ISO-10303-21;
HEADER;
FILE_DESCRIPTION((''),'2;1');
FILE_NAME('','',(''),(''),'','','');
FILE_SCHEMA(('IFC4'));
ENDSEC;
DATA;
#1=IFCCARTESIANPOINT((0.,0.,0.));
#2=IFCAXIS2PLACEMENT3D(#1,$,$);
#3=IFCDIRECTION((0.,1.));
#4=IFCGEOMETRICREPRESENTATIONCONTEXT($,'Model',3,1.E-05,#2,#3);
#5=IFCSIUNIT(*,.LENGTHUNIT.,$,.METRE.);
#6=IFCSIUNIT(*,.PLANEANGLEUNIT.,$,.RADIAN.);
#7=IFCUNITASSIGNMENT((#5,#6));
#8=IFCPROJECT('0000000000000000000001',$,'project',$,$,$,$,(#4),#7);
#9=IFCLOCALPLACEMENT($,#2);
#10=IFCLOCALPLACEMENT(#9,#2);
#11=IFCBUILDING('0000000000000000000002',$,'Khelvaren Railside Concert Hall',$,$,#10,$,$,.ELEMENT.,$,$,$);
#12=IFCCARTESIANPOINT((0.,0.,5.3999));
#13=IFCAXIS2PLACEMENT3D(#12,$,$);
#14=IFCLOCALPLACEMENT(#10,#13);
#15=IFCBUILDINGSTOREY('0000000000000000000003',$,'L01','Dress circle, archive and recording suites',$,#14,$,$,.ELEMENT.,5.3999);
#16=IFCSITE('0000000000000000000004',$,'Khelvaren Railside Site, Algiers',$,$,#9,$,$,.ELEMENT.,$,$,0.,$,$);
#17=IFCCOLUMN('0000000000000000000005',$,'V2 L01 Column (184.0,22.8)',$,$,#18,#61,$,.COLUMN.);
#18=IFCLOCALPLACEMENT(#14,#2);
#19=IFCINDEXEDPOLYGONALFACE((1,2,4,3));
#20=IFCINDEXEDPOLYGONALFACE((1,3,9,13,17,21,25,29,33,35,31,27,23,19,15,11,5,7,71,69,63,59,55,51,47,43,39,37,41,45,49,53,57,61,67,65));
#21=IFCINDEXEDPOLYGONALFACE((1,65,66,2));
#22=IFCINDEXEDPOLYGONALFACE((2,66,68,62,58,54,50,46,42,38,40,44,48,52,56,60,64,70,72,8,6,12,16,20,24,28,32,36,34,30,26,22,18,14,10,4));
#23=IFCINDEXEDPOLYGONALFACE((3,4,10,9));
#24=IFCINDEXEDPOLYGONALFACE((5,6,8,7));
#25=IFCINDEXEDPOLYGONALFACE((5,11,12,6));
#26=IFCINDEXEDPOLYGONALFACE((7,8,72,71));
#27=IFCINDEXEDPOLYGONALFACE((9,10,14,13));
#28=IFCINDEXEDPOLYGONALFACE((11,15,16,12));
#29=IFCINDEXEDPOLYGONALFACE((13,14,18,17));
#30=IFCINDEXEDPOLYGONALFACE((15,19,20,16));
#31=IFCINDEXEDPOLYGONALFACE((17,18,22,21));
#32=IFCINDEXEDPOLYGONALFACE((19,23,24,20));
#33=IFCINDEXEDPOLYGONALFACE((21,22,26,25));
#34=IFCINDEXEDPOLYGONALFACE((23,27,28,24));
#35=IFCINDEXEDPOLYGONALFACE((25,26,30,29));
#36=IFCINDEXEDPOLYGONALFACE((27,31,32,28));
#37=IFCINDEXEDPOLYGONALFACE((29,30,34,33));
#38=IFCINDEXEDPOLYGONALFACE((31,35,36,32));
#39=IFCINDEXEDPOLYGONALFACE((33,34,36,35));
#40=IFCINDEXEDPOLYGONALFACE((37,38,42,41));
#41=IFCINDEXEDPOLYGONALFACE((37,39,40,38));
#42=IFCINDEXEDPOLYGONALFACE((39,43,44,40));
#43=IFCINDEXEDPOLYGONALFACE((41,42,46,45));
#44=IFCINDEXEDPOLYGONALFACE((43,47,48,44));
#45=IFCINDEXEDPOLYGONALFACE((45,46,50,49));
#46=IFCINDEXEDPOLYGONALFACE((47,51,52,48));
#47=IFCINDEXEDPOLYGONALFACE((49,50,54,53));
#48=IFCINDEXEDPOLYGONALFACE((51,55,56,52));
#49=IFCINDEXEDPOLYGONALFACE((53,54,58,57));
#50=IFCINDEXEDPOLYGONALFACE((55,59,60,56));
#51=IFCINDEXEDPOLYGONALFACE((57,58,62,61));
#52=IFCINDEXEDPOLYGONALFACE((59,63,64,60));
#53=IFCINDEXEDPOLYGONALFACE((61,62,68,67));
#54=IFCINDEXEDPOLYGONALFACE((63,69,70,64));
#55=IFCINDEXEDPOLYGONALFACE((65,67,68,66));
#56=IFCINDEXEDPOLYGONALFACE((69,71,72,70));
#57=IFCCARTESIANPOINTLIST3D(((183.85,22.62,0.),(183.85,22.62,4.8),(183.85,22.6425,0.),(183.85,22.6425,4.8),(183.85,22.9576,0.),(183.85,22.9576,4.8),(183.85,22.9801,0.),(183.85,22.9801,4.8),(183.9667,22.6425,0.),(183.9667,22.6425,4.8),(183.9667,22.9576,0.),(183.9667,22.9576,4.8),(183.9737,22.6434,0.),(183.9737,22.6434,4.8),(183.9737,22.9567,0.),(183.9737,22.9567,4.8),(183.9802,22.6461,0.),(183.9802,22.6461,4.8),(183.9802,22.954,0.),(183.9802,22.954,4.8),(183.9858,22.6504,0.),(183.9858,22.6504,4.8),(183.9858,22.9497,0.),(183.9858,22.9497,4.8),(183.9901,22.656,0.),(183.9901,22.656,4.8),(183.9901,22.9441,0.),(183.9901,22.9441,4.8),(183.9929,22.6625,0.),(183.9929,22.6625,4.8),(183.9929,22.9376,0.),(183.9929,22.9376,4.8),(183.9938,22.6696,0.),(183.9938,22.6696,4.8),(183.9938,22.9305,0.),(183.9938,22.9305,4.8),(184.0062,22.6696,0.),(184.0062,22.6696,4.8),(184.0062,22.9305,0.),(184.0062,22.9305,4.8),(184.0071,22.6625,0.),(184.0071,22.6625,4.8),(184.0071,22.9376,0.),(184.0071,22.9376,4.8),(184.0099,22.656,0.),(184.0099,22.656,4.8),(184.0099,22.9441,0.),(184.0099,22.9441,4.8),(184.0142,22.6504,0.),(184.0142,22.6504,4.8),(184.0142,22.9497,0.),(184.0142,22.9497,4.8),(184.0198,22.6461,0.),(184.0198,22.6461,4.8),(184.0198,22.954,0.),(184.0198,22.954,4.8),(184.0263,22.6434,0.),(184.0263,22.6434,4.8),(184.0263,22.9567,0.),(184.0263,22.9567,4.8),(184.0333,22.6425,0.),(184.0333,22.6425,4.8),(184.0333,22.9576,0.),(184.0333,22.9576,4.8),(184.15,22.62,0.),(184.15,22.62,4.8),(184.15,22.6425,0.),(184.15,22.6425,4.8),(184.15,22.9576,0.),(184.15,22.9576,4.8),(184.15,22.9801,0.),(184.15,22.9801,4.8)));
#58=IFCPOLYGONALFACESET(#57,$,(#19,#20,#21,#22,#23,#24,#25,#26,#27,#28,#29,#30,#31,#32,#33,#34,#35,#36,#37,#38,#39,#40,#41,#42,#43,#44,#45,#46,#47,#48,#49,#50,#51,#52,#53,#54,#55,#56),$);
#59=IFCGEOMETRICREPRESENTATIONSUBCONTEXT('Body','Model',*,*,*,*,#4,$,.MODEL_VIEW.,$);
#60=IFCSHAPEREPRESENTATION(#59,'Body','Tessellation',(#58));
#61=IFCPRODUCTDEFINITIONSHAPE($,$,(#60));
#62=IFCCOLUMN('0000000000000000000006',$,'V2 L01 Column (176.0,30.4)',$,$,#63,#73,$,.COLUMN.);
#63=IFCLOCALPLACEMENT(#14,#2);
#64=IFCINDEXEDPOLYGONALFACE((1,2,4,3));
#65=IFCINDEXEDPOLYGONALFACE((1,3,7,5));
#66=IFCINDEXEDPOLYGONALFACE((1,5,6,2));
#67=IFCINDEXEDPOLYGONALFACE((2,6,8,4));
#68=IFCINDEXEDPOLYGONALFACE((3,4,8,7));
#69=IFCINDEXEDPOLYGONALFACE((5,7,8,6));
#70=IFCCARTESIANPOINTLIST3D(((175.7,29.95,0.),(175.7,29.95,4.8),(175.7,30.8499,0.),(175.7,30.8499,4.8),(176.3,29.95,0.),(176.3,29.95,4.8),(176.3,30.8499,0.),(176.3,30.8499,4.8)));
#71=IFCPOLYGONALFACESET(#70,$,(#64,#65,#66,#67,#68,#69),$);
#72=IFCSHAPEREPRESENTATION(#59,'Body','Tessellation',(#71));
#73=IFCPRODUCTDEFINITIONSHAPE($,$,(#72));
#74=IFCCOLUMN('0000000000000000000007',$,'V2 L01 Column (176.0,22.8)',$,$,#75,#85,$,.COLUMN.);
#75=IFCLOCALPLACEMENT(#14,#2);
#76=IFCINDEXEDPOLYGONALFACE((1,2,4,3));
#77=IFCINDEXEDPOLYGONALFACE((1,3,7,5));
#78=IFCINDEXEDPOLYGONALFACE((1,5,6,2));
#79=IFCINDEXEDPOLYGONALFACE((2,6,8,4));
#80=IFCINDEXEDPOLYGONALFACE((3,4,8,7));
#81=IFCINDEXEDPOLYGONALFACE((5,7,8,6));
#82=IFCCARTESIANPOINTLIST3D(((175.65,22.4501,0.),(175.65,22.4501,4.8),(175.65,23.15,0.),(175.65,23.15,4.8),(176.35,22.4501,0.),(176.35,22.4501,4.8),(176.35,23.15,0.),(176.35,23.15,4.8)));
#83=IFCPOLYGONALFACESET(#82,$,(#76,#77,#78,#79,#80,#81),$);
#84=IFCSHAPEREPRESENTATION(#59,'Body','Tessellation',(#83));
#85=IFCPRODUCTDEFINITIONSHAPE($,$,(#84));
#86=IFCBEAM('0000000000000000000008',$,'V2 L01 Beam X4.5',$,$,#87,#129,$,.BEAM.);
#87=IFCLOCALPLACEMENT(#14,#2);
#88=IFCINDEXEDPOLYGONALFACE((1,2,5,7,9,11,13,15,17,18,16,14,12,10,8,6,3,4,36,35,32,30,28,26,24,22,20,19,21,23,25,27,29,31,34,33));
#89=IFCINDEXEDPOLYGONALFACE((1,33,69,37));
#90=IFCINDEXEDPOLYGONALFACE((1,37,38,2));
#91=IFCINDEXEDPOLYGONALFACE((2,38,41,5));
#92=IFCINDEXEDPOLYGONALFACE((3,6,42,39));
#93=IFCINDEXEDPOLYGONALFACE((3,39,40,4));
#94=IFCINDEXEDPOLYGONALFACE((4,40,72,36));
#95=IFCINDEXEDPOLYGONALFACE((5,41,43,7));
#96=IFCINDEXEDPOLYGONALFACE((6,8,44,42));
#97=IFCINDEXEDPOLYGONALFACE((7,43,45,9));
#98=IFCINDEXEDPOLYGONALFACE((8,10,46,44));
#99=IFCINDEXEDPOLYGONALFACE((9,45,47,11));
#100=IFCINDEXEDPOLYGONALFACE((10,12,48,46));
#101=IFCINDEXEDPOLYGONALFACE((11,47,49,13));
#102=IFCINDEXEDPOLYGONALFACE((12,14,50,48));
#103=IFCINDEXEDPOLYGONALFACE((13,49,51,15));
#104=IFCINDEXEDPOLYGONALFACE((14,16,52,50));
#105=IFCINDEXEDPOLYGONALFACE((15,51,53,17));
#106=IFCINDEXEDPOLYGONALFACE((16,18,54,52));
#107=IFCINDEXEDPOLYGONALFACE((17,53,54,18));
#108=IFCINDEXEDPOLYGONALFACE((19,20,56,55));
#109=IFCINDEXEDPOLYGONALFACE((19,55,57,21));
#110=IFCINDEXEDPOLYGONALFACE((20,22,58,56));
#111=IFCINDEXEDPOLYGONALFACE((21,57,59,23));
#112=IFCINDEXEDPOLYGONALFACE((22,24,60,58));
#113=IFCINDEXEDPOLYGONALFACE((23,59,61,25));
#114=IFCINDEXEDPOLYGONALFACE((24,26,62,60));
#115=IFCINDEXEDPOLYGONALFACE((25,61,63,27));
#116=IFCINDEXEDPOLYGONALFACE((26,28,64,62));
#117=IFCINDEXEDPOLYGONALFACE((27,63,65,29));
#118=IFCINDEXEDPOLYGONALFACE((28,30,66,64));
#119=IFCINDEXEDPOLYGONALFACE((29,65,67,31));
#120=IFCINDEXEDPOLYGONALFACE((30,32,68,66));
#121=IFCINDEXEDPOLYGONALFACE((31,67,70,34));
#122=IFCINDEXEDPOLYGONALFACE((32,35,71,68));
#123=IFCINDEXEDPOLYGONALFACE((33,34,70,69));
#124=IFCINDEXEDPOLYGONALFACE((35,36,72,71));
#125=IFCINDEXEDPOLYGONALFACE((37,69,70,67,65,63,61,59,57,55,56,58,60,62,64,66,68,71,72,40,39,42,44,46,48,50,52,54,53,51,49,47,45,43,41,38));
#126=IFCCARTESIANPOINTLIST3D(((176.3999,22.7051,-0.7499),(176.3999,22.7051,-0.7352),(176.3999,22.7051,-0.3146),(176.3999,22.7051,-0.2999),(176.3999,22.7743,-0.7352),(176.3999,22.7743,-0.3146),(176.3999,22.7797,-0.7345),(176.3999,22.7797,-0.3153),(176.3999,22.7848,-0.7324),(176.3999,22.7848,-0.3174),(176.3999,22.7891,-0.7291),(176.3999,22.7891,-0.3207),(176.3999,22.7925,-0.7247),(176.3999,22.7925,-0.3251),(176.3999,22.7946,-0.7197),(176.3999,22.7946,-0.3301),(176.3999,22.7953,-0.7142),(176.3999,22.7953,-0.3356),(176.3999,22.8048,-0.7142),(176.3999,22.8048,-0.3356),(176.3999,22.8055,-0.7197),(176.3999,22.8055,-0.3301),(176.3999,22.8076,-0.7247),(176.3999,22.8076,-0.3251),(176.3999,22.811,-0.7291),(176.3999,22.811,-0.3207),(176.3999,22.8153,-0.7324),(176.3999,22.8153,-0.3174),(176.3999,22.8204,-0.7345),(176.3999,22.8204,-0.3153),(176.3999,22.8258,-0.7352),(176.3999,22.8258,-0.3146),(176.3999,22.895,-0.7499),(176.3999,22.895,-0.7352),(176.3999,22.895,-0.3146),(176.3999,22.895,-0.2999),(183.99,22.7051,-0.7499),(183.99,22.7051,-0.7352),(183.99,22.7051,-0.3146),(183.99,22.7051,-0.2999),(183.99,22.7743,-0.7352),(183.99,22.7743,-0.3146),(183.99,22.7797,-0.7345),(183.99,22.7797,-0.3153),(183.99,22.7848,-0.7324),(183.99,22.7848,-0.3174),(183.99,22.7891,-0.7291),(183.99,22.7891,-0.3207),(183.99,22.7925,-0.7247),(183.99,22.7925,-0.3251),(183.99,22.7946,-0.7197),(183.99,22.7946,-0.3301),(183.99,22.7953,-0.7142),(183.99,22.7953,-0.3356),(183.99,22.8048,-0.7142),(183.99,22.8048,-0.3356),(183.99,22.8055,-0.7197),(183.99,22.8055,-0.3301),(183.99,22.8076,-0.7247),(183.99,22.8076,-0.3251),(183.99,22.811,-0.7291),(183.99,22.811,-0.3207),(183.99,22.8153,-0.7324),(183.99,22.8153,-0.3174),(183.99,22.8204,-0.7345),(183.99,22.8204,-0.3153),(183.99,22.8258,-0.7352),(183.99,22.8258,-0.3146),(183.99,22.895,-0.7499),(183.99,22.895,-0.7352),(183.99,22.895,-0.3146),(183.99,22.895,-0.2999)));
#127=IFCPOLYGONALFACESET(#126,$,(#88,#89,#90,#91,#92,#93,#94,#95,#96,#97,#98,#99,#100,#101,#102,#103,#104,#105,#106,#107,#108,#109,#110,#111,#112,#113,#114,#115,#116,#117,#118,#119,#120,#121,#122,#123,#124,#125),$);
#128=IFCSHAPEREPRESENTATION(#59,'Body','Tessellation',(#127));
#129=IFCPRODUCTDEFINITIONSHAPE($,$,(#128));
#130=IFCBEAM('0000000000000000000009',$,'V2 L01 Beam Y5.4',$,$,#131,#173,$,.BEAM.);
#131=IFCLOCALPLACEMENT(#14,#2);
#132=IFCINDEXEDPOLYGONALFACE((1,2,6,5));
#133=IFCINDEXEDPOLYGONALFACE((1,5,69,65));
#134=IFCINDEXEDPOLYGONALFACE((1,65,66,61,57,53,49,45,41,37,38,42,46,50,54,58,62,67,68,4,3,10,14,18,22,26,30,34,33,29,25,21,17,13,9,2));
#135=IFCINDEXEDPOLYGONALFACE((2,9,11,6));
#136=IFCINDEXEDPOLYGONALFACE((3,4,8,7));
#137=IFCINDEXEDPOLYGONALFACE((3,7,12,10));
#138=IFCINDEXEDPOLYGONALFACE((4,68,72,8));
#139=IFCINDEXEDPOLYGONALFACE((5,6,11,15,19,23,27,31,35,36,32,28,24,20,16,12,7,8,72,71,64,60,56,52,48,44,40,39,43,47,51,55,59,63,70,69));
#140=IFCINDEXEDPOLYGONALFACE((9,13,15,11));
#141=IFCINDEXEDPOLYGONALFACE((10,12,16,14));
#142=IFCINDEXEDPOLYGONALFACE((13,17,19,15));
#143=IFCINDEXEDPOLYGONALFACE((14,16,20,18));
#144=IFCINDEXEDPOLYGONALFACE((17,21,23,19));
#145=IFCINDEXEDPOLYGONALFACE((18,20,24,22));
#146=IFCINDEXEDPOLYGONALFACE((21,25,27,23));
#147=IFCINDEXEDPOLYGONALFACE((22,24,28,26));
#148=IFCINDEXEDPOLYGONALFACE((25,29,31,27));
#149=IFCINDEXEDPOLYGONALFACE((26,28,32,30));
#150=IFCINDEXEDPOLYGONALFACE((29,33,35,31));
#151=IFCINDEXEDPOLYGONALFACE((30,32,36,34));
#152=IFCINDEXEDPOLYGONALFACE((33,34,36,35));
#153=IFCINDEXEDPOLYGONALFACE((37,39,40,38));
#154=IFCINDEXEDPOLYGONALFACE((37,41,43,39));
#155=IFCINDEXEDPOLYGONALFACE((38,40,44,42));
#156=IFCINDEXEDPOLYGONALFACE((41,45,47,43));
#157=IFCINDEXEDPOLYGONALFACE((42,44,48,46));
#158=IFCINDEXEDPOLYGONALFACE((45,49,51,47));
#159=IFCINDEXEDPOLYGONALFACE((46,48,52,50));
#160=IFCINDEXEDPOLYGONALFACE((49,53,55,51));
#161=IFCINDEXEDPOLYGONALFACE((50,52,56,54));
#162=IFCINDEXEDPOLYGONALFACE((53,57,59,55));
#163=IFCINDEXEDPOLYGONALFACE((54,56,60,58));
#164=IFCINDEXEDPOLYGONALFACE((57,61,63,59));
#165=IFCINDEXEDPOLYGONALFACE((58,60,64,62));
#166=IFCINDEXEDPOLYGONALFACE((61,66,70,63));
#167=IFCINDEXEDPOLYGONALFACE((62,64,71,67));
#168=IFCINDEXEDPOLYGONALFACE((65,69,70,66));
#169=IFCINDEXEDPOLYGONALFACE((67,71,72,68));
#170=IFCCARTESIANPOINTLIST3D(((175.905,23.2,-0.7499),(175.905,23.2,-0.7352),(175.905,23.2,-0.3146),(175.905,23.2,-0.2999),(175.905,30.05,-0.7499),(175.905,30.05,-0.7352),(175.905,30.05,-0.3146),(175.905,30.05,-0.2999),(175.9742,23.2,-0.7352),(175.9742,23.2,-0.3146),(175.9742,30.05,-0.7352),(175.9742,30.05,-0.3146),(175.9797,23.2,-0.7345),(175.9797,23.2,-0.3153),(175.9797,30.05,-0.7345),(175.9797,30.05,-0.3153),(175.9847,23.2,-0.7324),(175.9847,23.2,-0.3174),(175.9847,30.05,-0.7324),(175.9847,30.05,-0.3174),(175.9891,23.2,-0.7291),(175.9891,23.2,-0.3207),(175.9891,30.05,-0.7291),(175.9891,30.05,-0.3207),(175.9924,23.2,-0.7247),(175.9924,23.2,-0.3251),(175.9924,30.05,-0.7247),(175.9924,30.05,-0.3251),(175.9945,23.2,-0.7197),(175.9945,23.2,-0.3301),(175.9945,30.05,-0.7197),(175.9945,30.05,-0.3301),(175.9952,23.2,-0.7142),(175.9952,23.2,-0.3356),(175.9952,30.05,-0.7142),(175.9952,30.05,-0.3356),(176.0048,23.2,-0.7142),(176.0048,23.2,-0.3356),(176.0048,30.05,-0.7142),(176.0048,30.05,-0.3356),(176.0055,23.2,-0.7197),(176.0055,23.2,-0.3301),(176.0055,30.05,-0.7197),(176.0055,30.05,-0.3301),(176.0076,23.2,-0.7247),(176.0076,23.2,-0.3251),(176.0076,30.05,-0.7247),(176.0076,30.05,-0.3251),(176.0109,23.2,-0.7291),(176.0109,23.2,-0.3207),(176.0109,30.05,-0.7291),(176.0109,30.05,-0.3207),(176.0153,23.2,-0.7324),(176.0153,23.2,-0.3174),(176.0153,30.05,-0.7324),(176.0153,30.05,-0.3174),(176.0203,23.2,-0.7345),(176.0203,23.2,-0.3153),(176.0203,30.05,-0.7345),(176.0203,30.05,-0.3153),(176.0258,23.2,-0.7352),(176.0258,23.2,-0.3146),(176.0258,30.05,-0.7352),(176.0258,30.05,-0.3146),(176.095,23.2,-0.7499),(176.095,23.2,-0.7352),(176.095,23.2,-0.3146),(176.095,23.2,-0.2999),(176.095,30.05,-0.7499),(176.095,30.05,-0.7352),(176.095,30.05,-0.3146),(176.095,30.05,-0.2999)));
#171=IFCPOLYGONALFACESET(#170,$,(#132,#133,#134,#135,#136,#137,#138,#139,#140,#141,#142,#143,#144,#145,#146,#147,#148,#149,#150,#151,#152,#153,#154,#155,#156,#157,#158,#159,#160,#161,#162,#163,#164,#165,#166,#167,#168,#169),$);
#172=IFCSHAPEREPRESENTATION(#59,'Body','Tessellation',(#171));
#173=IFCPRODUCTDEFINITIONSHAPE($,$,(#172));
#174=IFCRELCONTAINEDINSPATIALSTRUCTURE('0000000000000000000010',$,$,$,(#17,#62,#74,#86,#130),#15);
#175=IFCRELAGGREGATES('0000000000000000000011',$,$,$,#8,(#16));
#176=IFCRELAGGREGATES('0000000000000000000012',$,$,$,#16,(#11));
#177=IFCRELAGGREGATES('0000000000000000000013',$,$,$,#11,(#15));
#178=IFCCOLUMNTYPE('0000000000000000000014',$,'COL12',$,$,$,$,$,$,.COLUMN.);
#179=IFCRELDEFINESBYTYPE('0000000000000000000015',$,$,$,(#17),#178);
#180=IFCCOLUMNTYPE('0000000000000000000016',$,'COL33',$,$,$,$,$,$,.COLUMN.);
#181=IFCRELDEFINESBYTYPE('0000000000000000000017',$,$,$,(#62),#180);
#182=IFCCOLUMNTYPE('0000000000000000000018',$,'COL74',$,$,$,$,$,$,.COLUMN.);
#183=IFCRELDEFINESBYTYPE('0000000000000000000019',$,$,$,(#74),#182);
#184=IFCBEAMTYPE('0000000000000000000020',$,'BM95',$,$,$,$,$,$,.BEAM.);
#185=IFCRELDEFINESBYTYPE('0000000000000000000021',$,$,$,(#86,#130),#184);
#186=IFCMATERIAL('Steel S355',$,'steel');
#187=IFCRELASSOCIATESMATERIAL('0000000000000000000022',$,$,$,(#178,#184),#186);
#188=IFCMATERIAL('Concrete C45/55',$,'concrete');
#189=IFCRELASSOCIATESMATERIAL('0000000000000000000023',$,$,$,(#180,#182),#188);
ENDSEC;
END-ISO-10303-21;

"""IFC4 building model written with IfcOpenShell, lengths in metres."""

from ifc_helpers import new_model, si_unit, direction, frame, origin, origin_2d, place, context, subcontext, project, spatial, rectangle, i_section, extrude, material, material_profile, profile_set, type_object, element, save


model = new_model("IFC4")

# Units and contexts
model_context = context("Model", 3, precision=1e-05, world=origin(), true_north=direction((0.0, 1.0)))
body_context = subcontext(model_context, "Body", "Model", "MODEL_VIEW")
ifc_project = project(units=[si_unit("LENGTHUNIT", "METRE"), si_unit("PLANEANGLEUNIT", "RADIAN")], contexts=[model_context])

# Site, building, storey
site_placement = place(None, origin())
site = spatial("IfcSite", under=ifc_project, at=site_placement, Name="Khelvaren Railside Site, Algiers", CompositionType="ELEMENT", RefElevation=0.0)
building_placement = place(site_placement, origin())
building = spatial("IfcBuilding", under=site, at=building_placement, Name="Khelvaren Railside Concert Hall", CompositionType="ELEMENT")
storey_placement = place(building_placement, frame((0.0, 0.0, 5.3999)))
storey = spatial("IfcBuildingStorey", under=building, at=storey_placement, Name="L01", Description="Dress circle, archive and recording suites", CompositionType="ELEMENT", Elevation=5.3999)

# Columns
ifc_material_1 = material(Name="Steel S355", Category="steel")
ifc_material_profile_1 = material_profile(ifc_material_1, i_section(OverallWidth=0.3, OverallDepth=0.3601, WebThickness=0.0125, FlangeThickness=0.0225, FilletRadius=0.0271, at=origin_2d()), Name="HEB 360")
ifc_profile_set_1 = profile_set([ifc_material_profile_1], Name="Steel S355")
column_type_1 = type_object("IfcColumnType", Name="COL12", PredefinedType="COLUMN", material=ifc_profile_set_1)
column_1_placement = place(storey_placement, frame((184.0, 22.8, 0.0), z_axis=(0.0, 0.0, 1.0), x_axis=(1.0, 0.0, 0.0)))
element("IfcColumn", 1, at=column_1_placement, inside=storey, type_object=column_type_1, Name="V2 L01 Column (184.0,22.8)", PredefinedType="COLUMN", context=body_context, shape_type="SweptSolid", body=[
    extrude(i_section(OverallWidth=0.3, OverallDepth=0.3601, WebThickness=0.0125, FlangeThickness=0.0225, FilletRadius=0.0271, at=origin_2d()), origin(), (0.0, 0.0, 1.0), 4.8),
])
ifc_material_2 = material(Name="Concrete C45/55", Category="concrete")
ifc_material_profile_2 = material_profile(ifc_material_2, rectangle(XDim=0.6001, YDim=0.8999, at=origin_2d()), Name="RC 600x900")
ifc_profile_set_2 = profile_set([ifc_material_profile_2], Name="Concrete C45/55")
column_type_2 = type_object("IfcColumnType", Name="COL33", PredefinedType="COLUMN", material=ifc_profile_set_2)
column_2_placement = place(storey_placement, frame((176.0, 30.3999, 0.0), z_axis=(0.0, 0.0, 1.0), x_axis=(1.0, 0.0, 0.0)))
element("IfcColumn", 2, at=column_2_placement, inside=storey, type_object=column_type_2, Name="V2 L01 Column (176.0,30.4)", PredefinedType="COLUMN", context=body_context, shape_type="SweptSolid", body=[
    extrude(rectangle(XDim=0.6001, YDim=0.8999, at=origin_2d()), origin(), (0.0, 0.0, 1.0), 4.8),
])
ifc_material_profile_3 = material_profile(ifc_material_2, rectangle(XDim=0.7, YDim=0.7, at=origin_2d()), Name="RC 700x700")
ifc_profile_set_3 = profile_set([ifc_material_profile_3], Name="Concrete C45/55")
column_type_3 = type_object("IfcColumnType", Name="COL74", PredefinedType="COLUMN", material=ifc_profile_set_3)
column_3_placement = place(storey_placement, frame((176.0, 22.8, 0.0), z_axis=(0.0, 0.0, 1.0), x_axis=(1.0, 0.0, 0.0)))
element("IfcColumn", 3, at=column_3_placement, inside=storey, type_object=column_type_3, Name="V2 L01 Column (176.0,22.8)", PredefinedType="COLUMN", context=body_context, shape_type="SweptSolid", body=[
    extrude(rectangle(XDim=0.7, YDim=0.7, at=origin_2d()), origin(), (0.0, 0.0, 1.0), 4.8),
])

# Beams
ifc_material_profile_4 = material_profile(ifc_material_1, i_section(OverallWidth=0.1899, OverallDepth=0.45, WebThickness=0.0095, FlangeThickness=0.0146, FilletRadius=0.021, at=origin_2d()), Name="IPE 450")
ifc_profile_set_4 = profile_set([ifc_material_profile_4], Name="Steel S355")
beam_type_1 = type_object("IfcBeamType", Name="BM95", PredefinedType="BEAM", material=ifc_profile_set_4)
beam_1_placement = place(storey_placement, frame((176.3999, 22.8, -0.5249), z_axis=(1.0, 0.0, 0.0), x_axis=(0.0, 1.0, 0.0)))
element("IfcBeam", 4, at=beam_1_placement, inside=storey, type_object=beam_type_1, Name="V2 L01 Beam X4.5", PredefinedType="BEAM", context=body_context, shape_type="SweptSolid", body=[
    extrude(i_section(OverallWidth=0.1899, OverallDepth=0.45, WebThickness=0.0095, FlangeThickness=0.0146, FilletRadius=0.021, at=origin_2d()), origin(), (0.0, 0.0, 1.0), 7.5901),
])
beam_2_placement = place(storey_placement, frame((176.0, 23.2, -0.5249), z_axis=(0.0, 1.0, 0.0), x_axis=(-1.0, 0.0, 0.0)))
element("IfcBeam", 5, at=beam_2_placement, inside=storey, type_object=beam_type_1, Name="V2 L01 Beam Y5.4", PredefinedType="BEAM", context=body_context, shape_type="SweptSolid", body=[
    extrude(i_section(OverallWidth=0.1899, OverallDepth=0.45, WebThickness=0.0095, FlangeThickness=0.0146, FilletRadius=0.021, at=origin_2d()), origin(), (0.0, 0.0, 1.0), 6.8501),
])

save(model, "model.ifc")
